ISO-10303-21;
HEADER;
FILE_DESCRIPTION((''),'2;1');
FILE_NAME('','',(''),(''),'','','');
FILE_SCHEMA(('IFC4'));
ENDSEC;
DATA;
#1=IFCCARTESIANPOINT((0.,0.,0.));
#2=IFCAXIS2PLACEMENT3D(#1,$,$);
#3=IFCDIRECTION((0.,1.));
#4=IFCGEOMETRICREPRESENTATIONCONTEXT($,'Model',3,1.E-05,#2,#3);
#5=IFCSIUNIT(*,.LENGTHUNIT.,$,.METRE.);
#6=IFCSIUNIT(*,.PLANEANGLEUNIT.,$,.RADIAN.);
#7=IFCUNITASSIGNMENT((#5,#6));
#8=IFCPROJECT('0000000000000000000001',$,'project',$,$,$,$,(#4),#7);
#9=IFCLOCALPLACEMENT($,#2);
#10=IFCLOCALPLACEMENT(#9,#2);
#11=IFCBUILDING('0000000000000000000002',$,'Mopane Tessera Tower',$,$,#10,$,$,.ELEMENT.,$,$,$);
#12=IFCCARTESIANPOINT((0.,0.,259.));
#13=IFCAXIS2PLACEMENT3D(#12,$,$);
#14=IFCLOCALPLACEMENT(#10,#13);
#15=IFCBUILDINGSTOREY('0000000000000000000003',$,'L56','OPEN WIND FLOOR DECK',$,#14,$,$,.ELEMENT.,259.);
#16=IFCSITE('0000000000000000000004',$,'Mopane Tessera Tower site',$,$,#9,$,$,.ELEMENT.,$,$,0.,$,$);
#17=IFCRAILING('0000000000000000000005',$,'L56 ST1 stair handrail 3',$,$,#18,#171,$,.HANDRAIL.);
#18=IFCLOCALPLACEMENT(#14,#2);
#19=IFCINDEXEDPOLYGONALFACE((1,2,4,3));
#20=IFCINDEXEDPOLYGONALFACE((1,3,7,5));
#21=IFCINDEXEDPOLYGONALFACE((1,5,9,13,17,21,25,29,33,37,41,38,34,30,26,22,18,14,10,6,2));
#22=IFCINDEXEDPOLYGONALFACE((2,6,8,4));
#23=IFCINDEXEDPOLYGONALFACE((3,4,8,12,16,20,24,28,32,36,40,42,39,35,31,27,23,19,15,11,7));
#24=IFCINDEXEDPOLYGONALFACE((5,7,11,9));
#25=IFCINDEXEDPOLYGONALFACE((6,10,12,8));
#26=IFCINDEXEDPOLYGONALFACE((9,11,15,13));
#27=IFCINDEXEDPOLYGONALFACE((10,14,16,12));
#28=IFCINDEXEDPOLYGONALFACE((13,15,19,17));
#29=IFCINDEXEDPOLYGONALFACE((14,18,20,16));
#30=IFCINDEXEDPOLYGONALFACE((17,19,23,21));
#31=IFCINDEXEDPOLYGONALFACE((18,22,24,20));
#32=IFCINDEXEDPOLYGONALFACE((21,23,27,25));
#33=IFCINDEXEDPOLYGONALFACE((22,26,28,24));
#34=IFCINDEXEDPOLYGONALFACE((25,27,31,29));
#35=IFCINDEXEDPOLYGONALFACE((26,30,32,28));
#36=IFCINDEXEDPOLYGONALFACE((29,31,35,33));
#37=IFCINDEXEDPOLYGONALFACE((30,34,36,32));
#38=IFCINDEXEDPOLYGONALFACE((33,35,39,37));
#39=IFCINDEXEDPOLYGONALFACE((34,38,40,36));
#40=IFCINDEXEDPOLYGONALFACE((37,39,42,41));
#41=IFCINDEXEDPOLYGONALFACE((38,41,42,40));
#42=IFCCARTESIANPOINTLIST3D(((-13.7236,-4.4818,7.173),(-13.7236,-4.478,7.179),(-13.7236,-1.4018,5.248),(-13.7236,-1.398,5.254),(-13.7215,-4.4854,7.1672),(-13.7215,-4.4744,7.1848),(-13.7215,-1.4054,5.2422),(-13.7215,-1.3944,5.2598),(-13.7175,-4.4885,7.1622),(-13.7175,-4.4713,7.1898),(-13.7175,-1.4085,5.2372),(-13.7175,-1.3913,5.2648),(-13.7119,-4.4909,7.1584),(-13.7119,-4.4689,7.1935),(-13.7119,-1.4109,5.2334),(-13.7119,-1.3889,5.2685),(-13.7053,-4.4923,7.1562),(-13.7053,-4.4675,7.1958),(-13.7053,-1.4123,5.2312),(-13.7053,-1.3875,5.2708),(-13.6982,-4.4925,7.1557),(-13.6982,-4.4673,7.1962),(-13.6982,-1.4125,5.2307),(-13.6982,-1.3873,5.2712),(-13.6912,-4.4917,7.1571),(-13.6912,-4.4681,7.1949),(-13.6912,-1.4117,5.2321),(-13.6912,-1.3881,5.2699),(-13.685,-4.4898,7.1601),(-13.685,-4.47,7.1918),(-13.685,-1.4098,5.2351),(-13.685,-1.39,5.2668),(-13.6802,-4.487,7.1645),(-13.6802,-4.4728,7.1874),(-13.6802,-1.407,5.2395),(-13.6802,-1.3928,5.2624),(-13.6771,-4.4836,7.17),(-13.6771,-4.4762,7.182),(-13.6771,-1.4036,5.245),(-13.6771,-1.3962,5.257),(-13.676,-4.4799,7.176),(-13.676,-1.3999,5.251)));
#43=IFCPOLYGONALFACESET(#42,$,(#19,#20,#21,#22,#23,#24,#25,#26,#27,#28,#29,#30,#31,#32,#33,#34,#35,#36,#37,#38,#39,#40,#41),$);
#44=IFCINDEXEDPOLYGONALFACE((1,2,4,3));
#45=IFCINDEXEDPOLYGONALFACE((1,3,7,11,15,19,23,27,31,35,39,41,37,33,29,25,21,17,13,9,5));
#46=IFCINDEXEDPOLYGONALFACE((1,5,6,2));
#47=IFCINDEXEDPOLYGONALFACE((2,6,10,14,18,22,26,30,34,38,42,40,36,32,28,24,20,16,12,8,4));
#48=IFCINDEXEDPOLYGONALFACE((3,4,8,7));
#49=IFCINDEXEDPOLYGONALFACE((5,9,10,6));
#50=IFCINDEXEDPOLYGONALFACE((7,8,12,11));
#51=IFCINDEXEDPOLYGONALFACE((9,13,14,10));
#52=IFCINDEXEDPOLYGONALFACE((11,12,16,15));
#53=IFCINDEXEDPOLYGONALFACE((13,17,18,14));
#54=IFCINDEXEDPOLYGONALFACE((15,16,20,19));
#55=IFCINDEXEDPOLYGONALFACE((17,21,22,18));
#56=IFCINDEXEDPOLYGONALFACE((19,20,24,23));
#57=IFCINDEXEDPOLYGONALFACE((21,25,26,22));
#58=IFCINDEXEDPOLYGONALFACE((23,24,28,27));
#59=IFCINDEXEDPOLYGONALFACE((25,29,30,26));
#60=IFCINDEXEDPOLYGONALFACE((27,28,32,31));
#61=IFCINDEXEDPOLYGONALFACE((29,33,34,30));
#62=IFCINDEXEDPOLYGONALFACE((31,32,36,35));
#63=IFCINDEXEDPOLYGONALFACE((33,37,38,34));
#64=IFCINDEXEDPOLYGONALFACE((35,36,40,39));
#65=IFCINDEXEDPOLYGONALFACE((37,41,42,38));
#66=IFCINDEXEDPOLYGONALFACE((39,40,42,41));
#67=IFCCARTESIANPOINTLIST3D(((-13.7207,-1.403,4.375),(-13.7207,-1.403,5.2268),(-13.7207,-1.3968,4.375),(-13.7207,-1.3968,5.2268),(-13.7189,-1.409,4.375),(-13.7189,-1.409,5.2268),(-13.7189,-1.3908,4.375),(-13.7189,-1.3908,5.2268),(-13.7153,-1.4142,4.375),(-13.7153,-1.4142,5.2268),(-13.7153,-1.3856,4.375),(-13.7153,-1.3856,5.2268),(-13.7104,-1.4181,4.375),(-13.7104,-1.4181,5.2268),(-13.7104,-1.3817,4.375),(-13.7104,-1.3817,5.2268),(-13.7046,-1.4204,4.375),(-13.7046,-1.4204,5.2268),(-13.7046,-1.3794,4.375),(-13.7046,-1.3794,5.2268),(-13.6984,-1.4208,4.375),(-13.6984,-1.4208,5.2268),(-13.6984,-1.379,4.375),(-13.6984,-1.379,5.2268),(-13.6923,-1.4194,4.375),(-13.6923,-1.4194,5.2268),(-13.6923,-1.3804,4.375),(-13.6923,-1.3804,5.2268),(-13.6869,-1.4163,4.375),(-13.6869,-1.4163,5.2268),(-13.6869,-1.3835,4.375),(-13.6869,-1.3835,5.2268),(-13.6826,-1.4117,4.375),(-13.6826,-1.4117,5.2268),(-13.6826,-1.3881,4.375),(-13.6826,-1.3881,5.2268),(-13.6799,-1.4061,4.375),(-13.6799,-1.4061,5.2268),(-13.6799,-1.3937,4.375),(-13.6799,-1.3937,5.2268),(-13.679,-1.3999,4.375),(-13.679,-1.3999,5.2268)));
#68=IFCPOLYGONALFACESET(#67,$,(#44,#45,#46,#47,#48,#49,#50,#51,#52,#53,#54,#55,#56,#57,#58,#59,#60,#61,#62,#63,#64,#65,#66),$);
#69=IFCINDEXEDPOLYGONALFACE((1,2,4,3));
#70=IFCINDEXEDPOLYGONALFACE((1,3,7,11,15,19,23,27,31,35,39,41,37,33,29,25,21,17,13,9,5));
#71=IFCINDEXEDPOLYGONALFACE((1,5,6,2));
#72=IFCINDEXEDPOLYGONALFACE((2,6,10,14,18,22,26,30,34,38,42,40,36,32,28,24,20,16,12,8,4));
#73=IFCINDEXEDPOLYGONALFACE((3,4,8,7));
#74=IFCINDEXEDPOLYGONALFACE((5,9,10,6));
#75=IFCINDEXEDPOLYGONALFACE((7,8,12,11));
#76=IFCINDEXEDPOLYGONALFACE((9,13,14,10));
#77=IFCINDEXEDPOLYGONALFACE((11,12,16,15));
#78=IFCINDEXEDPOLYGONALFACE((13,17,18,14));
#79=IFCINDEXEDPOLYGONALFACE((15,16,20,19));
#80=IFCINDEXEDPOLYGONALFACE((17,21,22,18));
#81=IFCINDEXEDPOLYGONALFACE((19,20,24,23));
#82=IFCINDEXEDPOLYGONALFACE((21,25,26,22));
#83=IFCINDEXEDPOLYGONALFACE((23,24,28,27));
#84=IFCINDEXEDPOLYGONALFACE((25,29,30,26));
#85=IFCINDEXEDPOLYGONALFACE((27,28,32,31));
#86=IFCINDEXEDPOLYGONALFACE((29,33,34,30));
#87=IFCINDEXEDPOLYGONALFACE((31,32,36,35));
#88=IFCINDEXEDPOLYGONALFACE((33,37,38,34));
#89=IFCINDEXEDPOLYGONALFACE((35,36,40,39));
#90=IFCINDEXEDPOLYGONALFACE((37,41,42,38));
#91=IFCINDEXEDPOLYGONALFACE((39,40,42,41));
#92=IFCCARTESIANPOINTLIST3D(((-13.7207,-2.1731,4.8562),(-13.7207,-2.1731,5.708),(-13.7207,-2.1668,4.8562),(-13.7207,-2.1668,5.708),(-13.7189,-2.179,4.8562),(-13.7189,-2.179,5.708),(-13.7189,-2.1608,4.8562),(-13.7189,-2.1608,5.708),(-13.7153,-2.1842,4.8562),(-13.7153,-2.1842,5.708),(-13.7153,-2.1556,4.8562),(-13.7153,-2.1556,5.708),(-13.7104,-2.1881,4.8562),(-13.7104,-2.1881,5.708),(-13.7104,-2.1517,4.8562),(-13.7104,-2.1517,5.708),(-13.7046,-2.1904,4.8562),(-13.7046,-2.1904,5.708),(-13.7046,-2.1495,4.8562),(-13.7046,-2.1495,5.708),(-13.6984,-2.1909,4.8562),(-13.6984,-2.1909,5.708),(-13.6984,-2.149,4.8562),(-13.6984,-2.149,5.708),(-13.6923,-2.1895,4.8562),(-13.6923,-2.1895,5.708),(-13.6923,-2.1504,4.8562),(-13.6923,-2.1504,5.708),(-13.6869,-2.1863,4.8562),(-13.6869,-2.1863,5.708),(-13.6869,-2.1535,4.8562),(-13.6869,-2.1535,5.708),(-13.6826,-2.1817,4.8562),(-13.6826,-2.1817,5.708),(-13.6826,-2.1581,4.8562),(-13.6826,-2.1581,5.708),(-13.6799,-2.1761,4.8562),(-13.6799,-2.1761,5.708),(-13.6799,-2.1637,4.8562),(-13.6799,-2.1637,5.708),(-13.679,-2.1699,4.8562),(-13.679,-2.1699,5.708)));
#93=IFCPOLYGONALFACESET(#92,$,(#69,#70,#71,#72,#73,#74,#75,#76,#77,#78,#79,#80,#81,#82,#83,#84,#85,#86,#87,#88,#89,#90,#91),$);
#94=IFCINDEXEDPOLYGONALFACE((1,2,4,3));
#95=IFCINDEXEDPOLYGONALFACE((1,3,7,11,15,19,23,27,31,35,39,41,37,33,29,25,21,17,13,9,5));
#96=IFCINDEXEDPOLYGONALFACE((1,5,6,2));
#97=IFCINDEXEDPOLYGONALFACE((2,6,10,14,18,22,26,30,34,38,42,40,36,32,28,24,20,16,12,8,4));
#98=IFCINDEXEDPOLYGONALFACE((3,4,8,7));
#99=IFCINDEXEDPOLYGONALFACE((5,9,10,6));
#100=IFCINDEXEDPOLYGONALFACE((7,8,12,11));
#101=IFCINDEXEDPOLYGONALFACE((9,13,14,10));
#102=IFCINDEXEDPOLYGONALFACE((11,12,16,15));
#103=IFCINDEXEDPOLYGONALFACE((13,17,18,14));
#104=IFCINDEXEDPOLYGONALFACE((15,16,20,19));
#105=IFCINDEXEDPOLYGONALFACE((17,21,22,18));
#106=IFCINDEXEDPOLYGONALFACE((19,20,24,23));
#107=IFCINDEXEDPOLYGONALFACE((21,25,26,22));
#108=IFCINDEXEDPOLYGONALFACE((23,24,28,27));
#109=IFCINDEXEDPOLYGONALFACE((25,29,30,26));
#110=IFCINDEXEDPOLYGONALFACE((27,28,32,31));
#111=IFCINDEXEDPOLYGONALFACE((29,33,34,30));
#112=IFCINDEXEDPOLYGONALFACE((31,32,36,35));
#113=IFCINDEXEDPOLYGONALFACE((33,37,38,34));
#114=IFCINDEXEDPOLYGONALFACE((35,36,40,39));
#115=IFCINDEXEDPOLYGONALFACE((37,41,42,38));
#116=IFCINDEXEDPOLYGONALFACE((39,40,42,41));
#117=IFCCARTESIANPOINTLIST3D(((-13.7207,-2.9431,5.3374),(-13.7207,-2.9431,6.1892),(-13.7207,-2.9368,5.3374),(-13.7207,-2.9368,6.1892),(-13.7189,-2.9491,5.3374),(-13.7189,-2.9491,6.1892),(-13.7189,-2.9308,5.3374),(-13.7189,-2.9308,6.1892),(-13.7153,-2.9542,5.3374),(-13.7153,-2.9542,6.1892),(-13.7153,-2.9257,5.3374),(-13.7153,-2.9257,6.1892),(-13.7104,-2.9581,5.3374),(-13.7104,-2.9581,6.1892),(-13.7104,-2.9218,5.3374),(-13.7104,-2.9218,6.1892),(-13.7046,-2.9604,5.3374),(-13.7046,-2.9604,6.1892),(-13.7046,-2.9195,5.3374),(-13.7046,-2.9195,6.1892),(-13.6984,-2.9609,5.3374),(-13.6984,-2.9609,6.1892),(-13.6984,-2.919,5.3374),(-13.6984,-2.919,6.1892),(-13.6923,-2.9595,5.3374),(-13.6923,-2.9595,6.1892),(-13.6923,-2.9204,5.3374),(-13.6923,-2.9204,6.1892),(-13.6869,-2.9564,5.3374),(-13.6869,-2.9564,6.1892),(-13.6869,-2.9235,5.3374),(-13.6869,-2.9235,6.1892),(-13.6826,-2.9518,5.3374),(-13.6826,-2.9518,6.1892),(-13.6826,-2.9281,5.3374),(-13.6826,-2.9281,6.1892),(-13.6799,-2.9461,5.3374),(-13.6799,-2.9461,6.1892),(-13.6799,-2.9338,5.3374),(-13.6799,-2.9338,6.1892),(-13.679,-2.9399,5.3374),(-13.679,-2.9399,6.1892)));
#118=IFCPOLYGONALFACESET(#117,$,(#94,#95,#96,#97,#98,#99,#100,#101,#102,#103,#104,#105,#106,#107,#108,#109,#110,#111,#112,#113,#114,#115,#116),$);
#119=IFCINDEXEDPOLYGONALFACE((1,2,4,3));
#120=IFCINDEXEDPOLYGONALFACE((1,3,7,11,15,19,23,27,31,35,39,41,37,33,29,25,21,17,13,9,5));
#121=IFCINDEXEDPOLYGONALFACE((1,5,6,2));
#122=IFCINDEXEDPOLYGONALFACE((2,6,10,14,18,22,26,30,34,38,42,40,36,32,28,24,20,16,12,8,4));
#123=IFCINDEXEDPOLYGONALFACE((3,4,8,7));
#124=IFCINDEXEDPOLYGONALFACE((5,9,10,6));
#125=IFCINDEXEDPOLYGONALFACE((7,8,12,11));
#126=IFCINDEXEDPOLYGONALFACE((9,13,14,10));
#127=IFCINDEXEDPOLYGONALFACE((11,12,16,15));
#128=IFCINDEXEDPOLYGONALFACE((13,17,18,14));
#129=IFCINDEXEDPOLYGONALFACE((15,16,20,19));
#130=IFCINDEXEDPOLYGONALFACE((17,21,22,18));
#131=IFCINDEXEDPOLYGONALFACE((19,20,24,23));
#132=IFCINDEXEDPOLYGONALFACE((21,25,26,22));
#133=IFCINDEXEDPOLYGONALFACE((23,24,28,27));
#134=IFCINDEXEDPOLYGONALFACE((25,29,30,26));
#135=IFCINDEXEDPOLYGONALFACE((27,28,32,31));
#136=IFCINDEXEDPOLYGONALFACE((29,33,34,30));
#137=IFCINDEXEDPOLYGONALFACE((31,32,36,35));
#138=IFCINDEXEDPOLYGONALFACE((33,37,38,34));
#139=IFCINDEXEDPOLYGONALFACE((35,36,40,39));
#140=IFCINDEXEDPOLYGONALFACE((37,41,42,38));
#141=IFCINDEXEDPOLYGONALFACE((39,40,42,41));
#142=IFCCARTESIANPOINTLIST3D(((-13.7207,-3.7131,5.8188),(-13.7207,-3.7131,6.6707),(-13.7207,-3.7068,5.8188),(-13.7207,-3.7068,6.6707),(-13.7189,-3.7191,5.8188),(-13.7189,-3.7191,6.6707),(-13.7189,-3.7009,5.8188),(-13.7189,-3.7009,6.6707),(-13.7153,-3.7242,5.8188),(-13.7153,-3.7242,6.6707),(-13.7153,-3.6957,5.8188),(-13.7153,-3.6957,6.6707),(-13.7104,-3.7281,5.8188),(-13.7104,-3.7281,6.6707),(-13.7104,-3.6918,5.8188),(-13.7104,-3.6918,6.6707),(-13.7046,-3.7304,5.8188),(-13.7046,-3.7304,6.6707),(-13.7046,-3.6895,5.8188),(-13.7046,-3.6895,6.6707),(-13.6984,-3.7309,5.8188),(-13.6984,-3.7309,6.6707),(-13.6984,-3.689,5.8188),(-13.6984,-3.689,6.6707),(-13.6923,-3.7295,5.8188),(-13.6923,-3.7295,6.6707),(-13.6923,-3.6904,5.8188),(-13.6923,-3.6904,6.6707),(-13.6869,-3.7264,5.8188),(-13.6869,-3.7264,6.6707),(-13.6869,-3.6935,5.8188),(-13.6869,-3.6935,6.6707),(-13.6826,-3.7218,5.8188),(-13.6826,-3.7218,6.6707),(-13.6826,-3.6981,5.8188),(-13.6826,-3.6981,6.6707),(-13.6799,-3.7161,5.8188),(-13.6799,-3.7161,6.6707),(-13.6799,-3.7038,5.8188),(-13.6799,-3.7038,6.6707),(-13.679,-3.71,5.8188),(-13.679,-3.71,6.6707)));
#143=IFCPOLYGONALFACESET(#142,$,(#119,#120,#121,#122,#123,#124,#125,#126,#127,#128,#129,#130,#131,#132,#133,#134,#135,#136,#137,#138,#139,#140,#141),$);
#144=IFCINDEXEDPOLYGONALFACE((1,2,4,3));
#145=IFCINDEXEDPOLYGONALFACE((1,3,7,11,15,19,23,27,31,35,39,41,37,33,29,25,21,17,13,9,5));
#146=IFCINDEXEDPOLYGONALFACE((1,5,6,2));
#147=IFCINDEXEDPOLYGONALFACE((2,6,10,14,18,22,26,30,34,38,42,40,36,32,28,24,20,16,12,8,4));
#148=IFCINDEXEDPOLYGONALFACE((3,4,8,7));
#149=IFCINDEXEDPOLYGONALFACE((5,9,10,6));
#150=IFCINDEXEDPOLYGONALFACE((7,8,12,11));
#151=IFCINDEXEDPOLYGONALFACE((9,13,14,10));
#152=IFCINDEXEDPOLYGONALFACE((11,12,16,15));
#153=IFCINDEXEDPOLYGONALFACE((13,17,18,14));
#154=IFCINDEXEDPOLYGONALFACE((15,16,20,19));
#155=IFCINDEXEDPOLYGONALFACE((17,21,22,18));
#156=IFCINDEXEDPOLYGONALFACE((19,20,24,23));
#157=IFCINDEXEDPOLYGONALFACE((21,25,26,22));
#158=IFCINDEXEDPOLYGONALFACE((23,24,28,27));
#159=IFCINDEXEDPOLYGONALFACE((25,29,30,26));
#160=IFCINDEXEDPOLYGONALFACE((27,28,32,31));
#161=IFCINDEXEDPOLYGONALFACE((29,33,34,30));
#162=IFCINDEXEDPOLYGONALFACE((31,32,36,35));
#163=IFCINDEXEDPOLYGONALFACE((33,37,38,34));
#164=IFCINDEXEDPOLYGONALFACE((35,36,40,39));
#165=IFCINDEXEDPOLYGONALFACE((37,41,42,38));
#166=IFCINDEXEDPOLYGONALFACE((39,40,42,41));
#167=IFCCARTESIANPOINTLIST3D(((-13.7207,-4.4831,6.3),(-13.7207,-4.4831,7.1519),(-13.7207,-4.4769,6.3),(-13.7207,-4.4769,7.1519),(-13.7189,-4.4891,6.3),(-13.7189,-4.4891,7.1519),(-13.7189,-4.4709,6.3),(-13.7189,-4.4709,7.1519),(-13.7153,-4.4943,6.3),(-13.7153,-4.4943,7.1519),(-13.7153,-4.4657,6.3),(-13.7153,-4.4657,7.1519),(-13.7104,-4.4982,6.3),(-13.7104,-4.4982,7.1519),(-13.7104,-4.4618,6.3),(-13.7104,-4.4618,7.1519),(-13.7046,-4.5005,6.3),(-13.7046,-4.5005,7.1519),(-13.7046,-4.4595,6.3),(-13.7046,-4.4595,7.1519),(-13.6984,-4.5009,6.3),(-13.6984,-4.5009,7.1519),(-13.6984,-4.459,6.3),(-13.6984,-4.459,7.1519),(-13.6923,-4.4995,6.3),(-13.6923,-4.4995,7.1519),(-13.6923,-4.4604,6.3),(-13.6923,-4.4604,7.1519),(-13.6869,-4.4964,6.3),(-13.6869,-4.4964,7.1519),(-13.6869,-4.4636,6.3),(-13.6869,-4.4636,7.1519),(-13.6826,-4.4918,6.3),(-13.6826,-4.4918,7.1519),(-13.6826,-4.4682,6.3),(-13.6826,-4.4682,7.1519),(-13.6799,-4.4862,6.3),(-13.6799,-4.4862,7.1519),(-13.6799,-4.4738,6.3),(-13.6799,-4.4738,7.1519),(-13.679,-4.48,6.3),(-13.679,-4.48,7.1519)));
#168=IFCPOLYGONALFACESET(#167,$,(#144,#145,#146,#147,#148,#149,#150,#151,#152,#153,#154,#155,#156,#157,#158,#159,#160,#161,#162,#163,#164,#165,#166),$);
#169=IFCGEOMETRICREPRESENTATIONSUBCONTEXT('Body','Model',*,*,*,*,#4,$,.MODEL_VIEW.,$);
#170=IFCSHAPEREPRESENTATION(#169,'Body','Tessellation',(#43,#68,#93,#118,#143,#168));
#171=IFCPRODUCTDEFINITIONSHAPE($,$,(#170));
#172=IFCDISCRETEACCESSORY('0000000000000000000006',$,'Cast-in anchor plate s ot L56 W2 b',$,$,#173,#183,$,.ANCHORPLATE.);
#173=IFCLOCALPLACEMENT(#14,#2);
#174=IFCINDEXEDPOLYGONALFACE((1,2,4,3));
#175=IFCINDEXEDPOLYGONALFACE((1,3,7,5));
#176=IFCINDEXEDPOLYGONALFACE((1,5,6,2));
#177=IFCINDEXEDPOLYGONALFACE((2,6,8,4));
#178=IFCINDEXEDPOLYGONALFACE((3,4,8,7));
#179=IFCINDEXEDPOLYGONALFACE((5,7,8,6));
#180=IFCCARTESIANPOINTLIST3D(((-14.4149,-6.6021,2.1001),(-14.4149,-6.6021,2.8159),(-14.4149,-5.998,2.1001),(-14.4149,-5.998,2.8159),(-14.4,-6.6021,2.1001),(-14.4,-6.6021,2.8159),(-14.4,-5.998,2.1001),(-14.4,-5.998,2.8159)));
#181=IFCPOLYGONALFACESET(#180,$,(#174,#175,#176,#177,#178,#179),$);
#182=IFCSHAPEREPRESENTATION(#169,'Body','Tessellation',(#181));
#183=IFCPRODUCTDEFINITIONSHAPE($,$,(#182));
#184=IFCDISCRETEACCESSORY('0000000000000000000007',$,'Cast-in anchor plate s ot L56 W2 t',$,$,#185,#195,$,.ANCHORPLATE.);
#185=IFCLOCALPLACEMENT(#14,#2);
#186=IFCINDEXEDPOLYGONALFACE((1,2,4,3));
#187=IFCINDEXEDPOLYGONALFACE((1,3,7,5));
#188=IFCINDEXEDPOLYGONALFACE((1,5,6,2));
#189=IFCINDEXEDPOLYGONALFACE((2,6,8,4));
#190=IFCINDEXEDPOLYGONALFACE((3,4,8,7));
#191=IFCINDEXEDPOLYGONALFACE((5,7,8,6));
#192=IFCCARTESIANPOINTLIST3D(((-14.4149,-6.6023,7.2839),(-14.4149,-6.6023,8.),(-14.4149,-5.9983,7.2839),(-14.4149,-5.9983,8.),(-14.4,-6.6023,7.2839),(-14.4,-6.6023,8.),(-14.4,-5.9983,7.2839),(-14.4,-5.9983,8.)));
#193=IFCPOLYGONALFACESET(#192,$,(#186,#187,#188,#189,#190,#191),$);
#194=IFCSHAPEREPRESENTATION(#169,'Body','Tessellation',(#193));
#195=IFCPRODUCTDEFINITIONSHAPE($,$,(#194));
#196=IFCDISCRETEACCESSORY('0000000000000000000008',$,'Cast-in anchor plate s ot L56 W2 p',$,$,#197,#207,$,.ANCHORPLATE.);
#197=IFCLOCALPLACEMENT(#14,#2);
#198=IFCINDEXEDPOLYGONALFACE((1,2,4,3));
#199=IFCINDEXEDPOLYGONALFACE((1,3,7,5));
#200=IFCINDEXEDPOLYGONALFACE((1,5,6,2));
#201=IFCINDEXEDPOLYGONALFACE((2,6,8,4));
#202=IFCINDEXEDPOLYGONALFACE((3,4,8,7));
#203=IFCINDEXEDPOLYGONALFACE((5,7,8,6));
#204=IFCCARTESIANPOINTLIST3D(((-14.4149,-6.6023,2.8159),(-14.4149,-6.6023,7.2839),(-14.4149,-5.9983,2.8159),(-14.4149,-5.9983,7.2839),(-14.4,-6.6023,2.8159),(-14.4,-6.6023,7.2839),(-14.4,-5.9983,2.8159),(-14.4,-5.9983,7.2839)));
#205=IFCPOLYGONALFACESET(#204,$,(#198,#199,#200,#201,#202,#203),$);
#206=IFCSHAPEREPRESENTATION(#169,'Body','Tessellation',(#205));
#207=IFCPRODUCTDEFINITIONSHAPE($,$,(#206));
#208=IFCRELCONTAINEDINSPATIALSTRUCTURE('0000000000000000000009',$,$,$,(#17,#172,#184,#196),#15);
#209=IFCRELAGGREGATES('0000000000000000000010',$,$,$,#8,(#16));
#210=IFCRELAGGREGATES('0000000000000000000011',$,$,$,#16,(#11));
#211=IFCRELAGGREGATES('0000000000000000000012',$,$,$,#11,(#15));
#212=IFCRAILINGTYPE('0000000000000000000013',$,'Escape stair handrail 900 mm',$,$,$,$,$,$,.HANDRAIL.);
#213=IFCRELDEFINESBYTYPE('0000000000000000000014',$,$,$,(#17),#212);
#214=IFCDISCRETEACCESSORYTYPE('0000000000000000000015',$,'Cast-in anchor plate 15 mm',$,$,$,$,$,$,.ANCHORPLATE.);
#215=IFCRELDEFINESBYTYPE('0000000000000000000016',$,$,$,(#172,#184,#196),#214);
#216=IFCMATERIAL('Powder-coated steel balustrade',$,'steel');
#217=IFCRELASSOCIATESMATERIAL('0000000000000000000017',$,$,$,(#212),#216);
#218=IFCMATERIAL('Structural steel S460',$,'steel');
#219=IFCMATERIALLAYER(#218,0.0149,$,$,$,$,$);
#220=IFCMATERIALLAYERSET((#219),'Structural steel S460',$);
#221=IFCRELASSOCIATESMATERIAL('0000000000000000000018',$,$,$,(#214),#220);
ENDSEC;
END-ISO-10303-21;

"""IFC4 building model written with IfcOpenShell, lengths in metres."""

from ifc_helpers import new_model, si_unit, direction, frame, origin, origin_2d, place, context, subcontext, project, spatial, rectangle, circle, extrude, material, layer, layer_set, type_object, element, save


model = new_model("IFC4")

# Units and contexts
model_context = context("Model", 3, precision=1e-05, world=origin(), true_north=direction((0.0, 1.0)))
body_context = subcontext(model_context, "Body", "Model", "MODEL_VIEW")
ifc_project = project(units=[si_unit("LENGTHUNIT", "METRE"), si_unit("PLANEANGLEUNIT", "RADIAN")], contexts=[model_context])

# Site, building, storey
site_placement = place(None, origin())
site = spatial("IfcSite", under=ifc_project, at=site_placement, Name="Mopane Tessera Tower site", CompositionType="ELEMENT", RefElevation=0.0)
building_placement = place(site_placement, origin())
building = spatial("IfcBuilding", under=site, at=building_placement, Name="Mopane Tessera Tower", CompositionType="ELEMENT")
storey_placement = place(building_placement, frame((0.0, 0.0, 259.0)))
storey = spatial("IfcBuildingStorey", under=building, at=storey_placement, Name="L56", Description="OPEN WIND FLOOR DECK", CompositionType="ELEMENT", Elevation=259.0)

# Railing
ifc_material_1 = material(Name="Powder-coated steel balustrade", Category="steel")
railing_type_1 = type_object("IfcRailingType", Name="Escape stair handrail 900 mm", PredefinedType="HANDRAIL", material=ifc_material_1)
for number, where, name in (
    (1, (-13.7, -1.3999, 4.375), "L56 ST1 stair handrail 3"),
):
    element("IfcRailing", number, at=place(storey_placement, frame(where)), inside=storey, type_object=railing_type_1, Name=name, PredefinedType="HANDRAIL", context=body_context, shape_type="SweptSolid", body=[
        extrude(circle(Radius=0.0239, at=origin_2d()), frame((0.0, 0.0, 0.876), z_axis=(0.0, -0.847998, 0.529999), x_axis=(1.0, 0.0, 0.0)), (0.0, 0.0, 1.0), 3.6321),
        extrude(circle(Radius=0.021, at=origin_2d()), origin(), (0.0, 0.0, 1.0), 0.8518),
        extrude(circle(Radius=0.021, at=origin_2d()), frame((0.0, -0.77, 0.4812)), (0.0, 0.0, 1.0), 0.8518),
        extrude(circle(Radius=0.021, at=origin_2d()), frame((0.0, -1.54, 0.9624)), (0.0, 0.0, 1.0), 0.8518),
        extrude(circle(Radius=0.021, at=origin_2d()), frame((0.0, -2.3101, 1.4438)), (0.0, 0.0, 1.0), 0.8518),
        extrude(circle(Radius=0.021, at=origin_2d()), frame((0.0, -3.0801, 1.925)), (0.0, 0.0, 1.0), 0.8518),
    ])

# Discrete accessories
ifc_material_2 = material(Name="Structural steel S460", Category="steel")
ifc_layer_1 = layer(ifc_material_2, 0.0149)
ifc_layer_set_1 = layer_set([ifc_layer_1], Name="Structural steel S460")
discrete_accessory_type = type_object("IfcDiscreteAccessoryType", Name="Cast-in anchor plate 15 mm", PredefinedType="ANCHORPLATE", material=ifc_layer_set_1)
discrete_accessory_1_placement = place(storey_placement, frame((-14.4075, -6.3, 2.1001), z_axis=(0.0, 0.0, 1.0), x_axis=(-1.0, 0.0, 0.0)))
element("IfcDiscreteAccessory", 2, at=discrete_accessory_1_placement, inside=storey, type_object=discrete_accessory_type, Name="Cast-in anchor plate s ot L56 W2 b", PredefinedType="ANCHORPLATE", context=body_context, shape_type="SweptSolid", body=[
    extrude(rectangle(XDim=0.0149, YDim=0.604, at=origin_2d()), origin(), (0.0, 0.0, 1.0), 0.7158),
])
discrete_accessory_2_placement = place(storey_placement, frame((-14.4075, -6.3003, 7.2839), z_axis=(0.0, 0.0, 1.0), x_axis=(-1.0, 0.0, 0.0)))
element("IfcDiscreteAccessory", 3, at=discrete_accessory_2_placement, inside=storey, type_object=discrete_accessory_type, Name="Cast-in anchor plate s ot L56 W2 t", PredefinedType="ANCHORPLATE", context=body_context, shape_type="SweptSolid", body=[
    extrude(rectangle(XDim=0.0149, YDim=0.604, at=origin_2d()), origin(), (0.0, 0.0, 1.0), 0.7161),
])
discrete_accessory_3_placement = place(storey_placement, frame((-14.4075, -6.3003, 2.8159), z_axis=(0.0, 0.0, 1.0), x_axis=(-1.0, 0.0, 0.0)))
element("IfcDiscreteAccessory", 4, at=discrete_accessory_3_placement, inside=storey, type_object=discrete_accessory_type, Name="Cast-in anchor plate s ot L56 W2 p", PredefinedType="ANCHORPLATE", context=body_context, shape_type="SweptSolid", body=[
    extrude(rectangle(XDim=0.0149, YDim=0.604, at=origin_2d()), origin(), (0.0, 0.0, 1.0), 4.468),
])

save(model, "model.ifc")
